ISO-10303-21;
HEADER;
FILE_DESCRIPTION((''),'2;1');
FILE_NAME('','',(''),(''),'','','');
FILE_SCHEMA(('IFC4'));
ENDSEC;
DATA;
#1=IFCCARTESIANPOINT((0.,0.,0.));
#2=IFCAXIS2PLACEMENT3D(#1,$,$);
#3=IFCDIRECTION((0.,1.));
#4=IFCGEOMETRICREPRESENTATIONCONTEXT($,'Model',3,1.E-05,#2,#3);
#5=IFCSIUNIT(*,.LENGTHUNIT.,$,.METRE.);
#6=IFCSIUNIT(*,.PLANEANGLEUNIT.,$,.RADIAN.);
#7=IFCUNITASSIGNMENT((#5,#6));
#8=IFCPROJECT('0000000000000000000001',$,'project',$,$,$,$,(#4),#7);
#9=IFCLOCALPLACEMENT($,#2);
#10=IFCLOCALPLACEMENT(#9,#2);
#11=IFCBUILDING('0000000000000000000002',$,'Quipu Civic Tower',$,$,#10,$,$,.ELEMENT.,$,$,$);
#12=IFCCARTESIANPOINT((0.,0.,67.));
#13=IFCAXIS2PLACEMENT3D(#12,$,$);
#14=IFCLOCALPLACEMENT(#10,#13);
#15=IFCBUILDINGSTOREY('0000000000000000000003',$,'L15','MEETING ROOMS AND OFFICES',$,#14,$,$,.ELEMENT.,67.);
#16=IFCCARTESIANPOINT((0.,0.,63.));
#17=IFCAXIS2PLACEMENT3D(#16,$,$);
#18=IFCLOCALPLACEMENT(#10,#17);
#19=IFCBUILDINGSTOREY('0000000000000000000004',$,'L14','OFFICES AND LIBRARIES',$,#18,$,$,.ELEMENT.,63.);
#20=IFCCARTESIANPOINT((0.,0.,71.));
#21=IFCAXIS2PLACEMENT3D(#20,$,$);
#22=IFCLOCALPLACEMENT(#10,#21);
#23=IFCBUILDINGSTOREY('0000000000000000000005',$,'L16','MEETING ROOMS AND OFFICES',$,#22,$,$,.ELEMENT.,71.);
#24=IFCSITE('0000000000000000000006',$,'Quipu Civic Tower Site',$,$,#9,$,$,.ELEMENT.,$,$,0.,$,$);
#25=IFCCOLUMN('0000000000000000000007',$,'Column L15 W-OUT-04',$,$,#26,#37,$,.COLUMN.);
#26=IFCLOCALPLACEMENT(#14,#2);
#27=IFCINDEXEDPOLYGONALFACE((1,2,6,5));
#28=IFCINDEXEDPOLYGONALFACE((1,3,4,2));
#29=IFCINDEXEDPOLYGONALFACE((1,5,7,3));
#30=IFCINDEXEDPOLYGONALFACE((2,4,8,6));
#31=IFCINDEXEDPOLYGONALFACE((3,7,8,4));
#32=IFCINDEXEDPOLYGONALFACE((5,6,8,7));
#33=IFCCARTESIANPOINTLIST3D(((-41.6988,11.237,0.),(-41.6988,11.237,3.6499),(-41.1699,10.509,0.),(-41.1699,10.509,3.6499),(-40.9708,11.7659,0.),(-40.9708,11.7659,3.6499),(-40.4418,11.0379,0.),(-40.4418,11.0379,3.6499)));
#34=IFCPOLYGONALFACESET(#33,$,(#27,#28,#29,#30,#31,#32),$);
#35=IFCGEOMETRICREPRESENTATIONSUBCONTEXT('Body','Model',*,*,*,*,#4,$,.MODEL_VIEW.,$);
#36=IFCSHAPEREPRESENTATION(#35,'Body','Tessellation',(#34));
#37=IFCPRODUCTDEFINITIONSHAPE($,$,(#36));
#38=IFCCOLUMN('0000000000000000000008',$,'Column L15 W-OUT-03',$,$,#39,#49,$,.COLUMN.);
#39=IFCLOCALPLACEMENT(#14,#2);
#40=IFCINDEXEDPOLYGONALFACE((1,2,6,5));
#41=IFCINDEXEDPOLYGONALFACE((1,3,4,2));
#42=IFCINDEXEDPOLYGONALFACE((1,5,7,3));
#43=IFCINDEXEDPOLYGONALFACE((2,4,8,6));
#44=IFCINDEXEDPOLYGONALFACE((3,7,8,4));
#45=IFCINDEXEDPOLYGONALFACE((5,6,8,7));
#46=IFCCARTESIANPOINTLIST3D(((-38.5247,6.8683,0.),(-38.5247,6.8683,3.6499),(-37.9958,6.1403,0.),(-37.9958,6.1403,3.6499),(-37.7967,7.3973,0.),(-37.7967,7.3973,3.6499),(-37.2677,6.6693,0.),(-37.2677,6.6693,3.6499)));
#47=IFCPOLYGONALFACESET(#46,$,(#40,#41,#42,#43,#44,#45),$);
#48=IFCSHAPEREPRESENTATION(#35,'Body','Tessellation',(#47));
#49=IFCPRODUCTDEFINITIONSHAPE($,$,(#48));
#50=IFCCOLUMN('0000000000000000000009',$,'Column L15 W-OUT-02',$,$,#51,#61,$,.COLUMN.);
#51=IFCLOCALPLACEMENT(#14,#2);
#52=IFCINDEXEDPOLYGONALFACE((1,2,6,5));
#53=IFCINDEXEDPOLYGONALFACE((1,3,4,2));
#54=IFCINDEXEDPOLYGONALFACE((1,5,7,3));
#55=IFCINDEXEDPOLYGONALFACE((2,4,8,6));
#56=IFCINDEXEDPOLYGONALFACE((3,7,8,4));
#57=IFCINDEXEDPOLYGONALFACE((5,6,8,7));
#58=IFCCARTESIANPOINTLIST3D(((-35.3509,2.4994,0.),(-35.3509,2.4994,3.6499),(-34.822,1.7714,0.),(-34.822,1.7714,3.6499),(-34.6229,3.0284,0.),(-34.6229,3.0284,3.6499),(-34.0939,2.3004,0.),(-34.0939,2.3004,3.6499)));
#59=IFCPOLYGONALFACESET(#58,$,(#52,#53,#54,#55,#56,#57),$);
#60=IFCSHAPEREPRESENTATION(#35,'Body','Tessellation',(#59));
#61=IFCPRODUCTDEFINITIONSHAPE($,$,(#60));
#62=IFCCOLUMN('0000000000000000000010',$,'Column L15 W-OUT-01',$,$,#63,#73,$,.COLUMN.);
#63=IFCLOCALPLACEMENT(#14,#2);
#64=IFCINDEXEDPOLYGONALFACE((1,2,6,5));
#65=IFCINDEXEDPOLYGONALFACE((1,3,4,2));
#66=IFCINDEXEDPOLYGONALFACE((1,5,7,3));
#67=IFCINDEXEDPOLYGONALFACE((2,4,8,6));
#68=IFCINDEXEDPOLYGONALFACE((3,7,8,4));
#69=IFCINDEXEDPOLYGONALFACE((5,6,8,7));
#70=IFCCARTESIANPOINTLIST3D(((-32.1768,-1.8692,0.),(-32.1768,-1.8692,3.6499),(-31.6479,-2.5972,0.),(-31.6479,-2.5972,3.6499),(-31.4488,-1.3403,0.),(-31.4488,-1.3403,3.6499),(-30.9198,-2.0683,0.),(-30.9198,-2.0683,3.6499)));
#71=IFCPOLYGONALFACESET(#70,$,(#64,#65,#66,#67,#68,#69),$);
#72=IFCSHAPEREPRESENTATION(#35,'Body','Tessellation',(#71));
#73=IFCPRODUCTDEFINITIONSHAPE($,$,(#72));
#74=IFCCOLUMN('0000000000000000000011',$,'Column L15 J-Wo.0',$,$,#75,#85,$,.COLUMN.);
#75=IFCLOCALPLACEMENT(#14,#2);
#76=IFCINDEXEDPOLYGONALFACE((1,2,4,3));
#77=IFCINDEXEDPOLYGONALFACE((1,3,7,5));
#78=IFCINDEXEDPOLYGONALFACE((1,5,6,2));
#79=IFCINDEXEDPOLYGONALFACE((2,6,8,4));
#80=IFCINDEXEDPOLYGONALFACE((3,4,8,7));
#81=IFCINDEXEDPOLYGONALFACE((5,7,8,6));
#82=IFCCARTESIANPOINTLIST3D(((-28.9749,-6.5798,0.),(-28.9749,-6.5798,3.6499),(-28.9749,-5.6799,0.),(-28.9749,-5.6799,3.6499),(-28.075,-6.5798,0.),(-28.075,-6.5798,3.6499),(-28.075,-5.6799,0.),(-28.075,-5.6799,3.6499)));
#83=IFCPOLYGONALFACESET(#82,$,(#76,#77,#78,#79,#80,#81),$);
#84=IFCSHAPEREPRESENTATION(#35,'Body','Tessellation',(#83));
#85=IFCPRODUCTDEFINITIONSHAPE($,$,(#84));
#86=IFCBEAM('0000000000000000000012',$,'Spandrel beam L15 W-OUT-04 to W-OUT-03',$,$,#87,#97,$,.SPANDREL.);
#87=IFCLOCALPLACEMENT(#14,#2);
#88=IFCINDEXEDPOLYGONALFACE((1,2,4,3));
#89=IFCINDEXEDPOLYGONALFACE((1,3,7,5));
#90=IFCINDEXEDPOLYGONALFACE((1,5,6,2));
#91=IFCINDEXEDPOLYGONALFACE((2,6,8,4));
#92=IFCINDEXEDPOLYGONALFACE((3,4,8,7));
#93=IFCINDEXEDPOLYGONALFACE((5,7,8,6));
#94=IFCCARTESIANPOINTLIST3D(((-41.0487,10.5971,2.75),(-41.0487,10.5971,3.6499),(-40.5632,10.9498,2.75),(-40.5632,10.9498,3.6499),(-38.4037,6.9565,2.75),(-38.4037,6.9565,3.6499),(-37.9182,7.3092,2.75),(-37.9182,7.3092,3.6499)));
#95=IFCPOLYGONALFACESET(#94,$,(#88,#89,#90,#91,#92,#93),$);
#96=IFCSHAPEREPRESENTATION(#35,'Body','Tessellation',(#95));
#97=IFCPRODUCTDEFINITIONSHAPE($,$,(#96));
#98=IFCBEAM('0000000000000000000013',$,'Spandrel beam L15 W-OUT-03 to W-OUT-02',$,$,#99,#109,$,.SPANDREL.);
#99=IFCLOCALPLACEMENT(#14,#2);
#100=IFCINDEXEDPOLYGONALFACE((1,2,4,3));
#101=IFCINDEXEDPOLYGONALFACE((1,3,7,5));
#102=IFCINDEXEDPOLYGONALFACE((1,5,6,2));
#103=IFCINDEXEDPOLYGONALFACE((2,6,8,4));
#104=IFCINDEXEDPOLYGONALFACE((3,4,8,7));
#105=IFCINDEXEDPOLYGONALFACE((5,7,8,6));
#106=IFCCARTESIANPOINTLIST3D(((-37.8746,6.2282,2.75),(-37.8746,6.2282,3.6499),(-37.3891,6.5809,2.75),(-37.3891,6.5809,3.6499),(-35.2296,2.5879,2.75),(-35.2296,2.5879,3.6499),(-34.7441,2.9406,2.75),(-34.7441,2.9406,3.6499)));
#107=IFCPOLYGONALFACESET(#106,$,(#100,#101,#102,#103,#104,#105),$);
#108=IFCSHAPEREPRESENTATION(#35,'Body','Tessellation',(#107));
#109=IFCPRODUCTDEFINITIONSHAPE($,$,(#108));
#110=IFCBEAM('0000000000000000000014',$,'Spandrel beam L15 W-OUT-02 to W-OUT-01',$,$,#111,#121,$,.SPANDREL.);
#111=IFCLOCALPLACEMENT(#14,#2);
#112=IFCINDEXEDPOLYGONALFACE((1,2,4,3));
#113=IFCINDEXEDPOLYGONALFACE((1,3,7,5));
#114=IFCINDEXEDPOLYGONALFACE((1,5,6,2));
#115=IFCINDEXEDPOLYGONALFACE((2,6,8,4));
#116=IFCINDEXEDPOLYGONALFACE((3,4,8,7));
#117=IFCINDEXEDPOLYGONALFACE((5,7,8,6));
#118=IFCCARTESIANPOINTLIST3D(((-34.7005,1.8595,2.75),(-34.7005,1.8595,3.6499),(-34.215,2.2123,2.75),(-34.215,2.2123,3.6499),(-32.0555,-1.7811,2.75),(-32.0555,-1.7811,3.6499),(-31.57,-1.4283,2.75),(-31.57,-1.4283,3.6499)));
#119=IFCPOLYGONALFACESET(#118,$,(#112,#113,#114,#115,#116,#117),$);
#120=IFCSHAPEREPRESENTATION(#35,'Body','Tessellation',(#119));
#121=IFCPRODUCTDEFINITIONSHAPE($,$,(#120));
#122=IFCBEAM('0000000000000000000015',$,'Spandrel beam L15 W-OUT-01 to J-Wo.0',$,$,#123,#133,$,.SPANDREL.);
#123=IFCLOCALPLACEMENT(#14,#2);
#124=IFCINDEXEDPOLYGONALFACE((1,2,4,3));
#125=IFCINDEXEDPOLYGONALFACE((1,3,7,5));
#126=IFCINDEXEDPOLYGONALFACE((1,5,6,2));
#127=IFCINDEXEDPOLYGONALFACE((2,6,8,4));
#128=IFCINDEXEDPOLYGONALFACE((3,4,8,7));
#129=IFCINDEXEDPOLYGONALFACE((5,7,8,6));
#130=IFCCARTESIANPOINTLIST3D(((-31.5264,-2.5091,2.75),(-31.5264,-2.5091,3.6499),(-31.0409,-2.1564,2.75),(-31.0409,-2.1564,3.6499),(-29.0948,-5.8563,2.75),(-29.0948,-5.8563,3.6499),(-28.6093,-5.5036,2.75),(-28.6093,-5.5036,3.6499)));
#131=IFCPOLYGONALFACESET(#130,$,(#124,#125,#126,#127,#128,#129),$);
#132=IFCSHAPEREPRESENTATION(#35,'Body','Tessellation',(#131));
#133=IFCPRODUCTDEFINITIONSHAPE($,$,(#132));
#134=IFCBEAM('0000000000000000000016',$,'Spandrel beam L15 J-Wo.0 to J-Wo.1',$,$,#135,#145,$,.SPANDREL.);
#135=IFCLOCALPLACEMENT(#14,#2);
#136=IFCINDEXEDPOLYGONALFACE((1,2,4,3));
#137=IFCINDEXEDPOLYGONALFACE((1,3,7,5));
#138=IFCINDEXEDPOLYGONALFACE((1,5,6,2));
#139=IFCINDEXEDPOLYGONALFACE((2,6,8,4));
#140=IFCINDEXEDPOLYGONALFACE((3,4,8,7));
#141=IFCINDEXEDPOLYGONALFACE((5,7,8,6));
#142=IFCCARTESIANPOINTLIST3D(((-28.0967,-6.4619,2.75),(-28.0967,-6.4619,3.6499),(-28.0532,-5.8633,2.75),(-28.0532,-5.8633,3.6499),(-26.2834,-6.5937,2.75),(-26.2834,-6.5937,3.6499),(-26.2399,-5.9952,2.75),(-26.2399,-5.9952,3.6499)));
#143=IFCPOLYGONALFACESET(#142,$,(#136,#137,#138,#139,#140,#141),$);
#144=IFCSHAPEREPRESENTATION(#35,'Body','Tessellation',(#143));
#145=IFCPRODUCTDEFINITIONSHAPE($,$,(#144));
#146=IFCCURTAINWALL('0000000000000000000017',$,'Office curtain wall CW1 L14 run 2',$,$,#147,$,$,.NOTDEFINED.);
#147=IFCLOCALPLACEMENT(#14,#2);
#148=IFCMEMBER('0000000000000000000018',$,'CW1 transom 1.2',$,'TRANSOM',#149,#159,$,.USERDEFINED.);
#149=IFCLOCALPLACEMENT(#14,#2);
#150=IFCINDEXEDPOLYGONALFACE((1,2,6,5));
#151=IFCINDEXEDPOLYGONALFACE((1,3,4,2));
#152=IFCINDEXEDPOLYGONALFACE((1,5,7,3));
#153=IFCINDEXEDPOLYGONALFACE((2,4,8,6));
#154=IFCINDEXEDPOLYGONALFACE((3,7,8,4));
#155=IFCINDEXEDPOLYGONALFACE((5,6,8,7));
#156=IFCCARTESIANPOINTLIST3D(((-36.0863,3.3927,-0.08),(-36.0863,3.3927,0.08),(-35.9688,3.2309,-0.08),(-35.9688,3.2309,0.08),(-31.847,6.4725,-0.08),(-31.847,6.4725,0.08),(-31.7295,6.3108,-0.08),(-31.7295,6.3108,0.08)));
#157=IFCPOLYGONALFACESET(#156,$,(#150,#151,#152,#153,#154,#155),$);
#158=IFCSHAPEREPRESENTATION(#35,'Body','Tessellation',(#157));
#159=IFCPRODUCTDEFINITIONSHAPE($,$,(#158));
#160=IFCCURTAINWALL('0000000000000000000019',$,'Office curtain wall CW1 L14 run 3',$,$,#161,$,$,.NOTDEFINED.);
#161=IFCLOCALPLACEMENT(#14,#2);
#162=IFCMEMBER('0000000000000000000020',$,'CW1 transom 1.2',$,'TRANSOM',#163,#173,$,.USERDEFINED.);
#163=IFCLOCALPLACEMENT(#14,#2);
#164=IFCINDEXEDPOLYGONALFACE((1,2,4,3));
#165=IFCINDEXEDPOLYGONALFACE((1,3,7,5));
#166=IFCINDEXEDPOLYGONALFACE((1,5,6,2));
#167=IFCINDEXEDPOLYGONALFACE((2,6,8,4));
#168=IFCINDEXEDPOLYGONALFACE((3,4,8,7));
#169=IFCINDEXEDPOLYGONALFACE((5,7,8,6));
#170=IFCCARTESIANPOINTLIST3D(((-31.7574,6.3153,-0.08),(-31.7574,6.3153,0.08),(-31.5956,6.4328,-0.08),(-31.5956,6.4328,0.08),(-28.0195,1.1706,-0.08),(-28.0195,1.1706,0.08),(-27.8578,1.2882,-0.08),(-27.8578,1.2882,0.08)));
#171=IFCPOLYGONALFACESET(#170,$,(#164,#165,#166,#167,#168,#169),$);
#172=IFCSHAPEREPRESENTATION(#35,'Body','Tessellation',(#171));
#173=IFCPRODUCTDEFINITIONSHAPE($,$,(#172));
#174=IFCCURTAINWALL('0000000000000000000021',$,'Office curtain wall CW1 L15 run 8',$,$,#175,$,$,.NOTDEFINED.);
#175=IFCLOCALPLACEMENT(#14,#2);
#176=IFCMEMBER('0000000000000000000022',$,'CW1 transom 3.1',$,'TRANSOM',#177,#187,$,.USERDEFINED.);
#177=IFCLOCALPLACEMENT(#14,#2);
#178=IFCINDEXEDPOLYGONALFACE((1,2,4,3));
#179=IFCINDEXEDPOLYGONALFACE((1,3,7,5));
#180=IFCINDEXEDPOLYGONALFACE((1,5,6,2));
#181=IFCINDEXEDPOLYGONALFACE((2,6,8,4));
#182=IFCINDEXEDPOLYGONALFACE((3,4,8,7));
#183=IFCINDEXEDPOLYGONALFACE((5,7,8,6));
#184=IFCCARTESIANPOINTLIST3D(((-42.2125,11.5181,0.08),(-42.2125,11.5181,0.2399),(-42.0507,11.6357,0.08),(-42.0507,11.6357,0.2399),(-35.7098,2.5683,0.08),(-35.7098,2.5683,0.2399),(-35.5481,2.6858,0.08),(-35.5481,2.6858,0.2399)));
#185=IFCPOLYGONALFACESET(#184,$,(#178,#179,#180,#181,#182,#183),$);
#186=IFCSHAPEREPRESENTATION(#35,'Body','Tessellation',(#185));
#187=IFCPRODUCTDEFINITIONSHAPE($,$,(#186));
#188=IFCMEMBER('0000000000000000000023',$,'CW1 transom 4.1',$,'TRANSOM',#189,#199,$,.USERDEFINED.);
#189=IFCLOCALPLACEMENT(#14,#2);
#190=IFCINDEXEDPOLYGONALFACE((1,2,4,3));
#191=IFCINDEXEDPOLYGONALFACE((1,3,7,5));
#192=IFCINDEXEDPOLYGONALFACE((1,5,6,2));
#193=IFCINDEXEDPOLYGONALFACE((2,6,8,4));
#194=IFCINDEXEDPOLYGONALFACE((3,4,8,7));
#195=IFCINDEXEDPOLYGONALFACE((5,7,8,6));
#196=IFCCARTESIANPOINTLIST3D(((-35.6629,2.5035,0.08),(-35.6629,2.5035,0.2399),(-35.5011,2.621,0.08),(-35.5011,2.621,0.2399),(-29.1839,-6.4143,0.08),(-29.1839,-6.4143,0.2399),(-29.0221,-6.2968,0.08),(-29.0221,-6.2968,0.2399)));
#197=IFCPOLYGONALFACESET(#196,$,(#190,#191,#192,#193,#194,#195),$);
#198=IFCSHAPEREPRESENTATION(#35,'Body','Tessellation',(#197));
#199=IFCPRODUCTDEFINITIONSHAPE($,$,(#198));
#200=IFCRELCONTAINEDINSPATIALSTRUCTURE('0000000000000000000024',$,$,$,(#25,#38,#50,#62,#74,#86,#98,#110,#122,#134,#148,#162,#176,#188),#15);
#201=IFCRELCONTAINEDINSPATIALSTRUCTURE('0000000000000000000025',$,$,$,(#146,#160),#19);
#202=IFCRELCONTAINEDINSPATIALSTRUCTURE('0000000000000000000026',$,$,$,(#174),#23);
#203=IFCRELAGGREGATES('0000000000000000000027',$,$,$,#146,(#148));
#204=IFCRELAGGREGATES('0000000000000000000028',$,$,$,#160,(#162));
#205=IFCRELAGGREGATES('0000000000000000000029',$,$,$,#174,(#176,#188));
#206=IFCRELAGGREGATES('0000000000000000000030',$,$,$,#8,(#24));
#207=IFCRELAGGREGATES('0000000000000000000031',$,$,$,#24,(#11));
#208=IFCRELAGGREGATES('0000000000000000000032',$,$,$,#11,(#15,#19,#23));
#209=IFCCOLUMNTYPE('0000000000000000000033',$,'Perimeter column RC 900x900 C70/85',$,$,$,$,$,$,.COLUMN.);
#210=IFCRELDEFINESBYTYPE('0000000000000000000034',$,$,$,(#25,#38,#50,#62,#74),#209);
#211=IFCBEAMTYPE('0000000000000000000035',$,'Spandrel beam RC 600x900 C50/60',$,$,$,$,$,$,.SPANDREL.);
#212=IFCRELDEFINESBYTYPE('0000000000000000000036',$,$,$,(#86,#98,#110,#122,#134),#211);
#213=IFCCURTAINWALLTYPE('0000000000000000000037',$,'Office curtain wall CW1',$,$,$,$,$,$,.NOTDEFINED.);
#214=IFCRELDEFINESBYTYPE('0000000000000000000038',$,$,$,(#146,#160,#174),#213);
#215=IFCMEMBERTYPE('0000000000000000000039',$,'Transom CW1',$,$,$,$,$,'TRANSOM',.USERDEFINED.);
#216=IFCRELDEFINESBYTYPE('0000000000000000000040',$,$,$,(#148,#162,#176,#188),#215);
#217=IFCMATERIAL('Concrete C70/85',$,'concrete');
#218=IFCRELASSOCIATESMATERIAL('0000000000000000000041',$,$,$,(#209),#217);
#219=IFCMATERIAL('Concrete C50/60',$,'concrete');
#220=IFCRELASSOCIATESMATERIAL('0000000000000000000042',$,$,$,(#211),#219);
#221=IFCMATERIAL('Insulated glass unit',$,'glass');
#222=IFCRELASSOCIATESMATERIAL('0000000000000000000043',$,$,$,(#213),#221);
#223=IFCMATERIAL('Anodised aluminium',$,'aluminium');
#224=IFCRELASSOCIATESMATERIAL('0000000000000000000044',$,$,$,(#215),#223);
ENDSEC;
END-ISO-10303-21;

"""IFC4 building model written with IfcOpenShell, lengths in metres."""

from ifc_helpers import new_model, si_unit, direction, frame, origin, origin_2d, place, context, subcontext, project, spatial, rectangle, extrude, material, material_profile, profile_set, type_object, element, aggregate, save


model = new_model("IFC4")

# Units and contexts
model_context = context("Model", 3, precision=1e-05, world=origin(), true_north=direction((0.0, 1.0)))
body_context = subcontext(model_context, "Body", "Model", "MODEL_VIEW")
ifc_project = project(units=[si_unit("LENGTHUNIT", "METRE"), si_unit("PLANEANGLEUNIT", "RADIAN")], contexts=[model_context])

# Site, building, storey
site_placement = place(None, origin())
site = spatial("IfcSite", under=ifc_project, at=site_placement, Name="Quipu Civic Tower Site", CompositionType="ELEMENT", RefElevation=0.0)
building_placement = place(site_placement, origin())
building = spatial("IfcBuilding", under=site, at=building_placement, Name="Quipu Civic Tower", CompositionType="ELEMENT")
storey_1_placement = place(building_placement, frame((0.0, 0.0, 67.0)))
storey_1 = spatial("IfcBuildingStorey", under=building, at=storey_1_placement, Name="L15", Description="MEETING ROOMS AND OFFICES", CompositionType="ELEMENT", Elevation=67.0)

# Columns
ifc_material_1 = material(Name="Concrete C70/85", Category="concrete")
ifc_material_profile_1 = material_profile(ifc_material_1, rectangle(XDim=0.8999, YDim=0.8999, at=origin_2d()), Name="RC900x900")
ifc_profile_set_1 = profile_set([ifc_material_profile_1], Name="Concrete C70/85")
column_type = type_object("IfcColumnType", Name="Perimeter column RC 900x900 C70/85", PredefinedType="COLUMN", material=ifc_profile_set_1)
for number, where, z_axis, x_axis, name in (
    (1, (-41.0703, 11.1375, 0.0), (0.0, 0.0, 1.0), (0.587785, -0.809017, 0.0), "Column L15 W-OUT-04"),
    (2, (-37.8962, 6.7688, 0.0), (0.0, 0.0, 1.0), (0.587785, -0.809017, 0.0), "Column L15 W-OUT-03"),
    (3, (-34.7224, 2.3999, 0.0), (0.0, 0.0, 1.0), (0.587785, -0.809017, 0.0), "Column L15 W-OUT-02"),
    (4, (-31.5483, -1.9688, 0.0), (0.0, 0.0, 1.0), (0.587785, -0.809017, 0.0), "Column L15 W-OUT-01"),
    (5, (-28.5249, -6.1299, 0.0), (0.0, 0.0, 1.0), (1.0, 0.0, 0.0), "Column L15 J-Wo.0"),
):
    element("IfcColumn", number, at=place(storey_1_placement, frame(where, z_axis=z_axis, x_axis=x_axis)), inside=storey_1, type_object=column_type, Name=name, PredefinedType="COLUMN", context=body_context, shape_type="SweptSolid", body=[
        extrude(rectangle(XDim=0.8999, YDim=0.8999, at=origin_2d()), origin(), (0.0, 0.0, 1.0), 3.6499),
    ])

# Beams
ifc_material_2 = material(Name="Concrete C50/60", Category="concrete")
ifc_material_profile_2 = material_profile(ifc_material_2, rectangle(XDim=0.6001, YDim=0.8999, at=origin_2d()), Name="RC600x900")
ifc_profile_set_2 = profile_set([ifc_material_profile_2], Name="Concrete C50/60")
beam_type = type_object("IfcBeamType", Name="Spandrel beam RC 600x900 C50/60", PredefinedType="SPANDREL", material=ifc_profile_set_2)
beam_1_placement = place(storey_1_placement, frame((-40.8059, 10.7734, 3.2), z_axis=(0.587778, -0.809022, 0.0), x_axis=(0.809022, 0.587778, 0.0)))
element("IfcBeam", 6, at=beam_1_placement, inside=storey_1, type_object=beam_type, Name="Spandrel beam L15 W-OUT-04 to W-OUT-03", PredefinedType="SPANDREL", context=body_context, shape_type="SweptSolid", body=[
    extrude(rectangle(XDim=0.6001, YDim=0.8999, at=origin_2d()), origin(), (0.0, 0.0, 1.0), 4.5),
])
beam_2_placement = place(storey_1_placement, frame((-37.6318, 6.4045, 3.2), z_axis=(0.587804, -0.809003, 0.0), x_axis=(0.809003, 0.587804, 0.0)))
element("IfcBeam", 7, at=beam_2_placement, inside=storey_1, type_object=beam_type, Name="Spandrel beam L15 W-OUT-03 to W-OUT-02", PredefinedType="SPANDREL", context=body_context, shape_type="SweptSolid", body=[
    extrude(rectangle(XDim=0.6001, YDim=0.8999, at=origin_2d()), origin(), (0.0, 0.0, 1.0), 4.4998),
])
beam_3_placement = place(storey_1_placement, frame((-34.4578, 2.0359, 3.2), z_axis=(0.587778, -0.809022, 0.0), x_axis=(0.809022, 0.587778, 0.0)))
element("IfcBeam", 8, at=beam_3_placement, inside=storey_1, type_object=beam_type, Name="Spandrel beam L15 W-OUT-02 to W-OUT-01", PredefinedType="SPANDREL", context=body_context, shape_type="SweptSolid", body=[
    extrude(rectangle(XDim=0.6001, YDim=0.8999, at=origin_2d()), origin(), (0.0, 0.0, 1.0), 4.5),
])
beam_4_placement = place(storey_1_placement, frame((-31.2837, -2.3328, 3.2), z_axis=(0.587751, -0.809042, 0.0), x_axis=(0.809042, 0.587751, 0.0)))
element("IfcBeam", 9, at=beam_4_placement, inside=storey_1, type_object=beam_type, Name="Spandrel beam L15 W-OUT-01 to J-Wo.0", PredefinedType="SPANDREL", context=body_context, shape_type="SweptSolid", body=[
    extrude(rectangle(XDim=0.6001, YDim=0.8999, at=origin_2d()), origin(), (0.0, 0.0, 1.0), 4.1372),
])
beam_5_placement = place(storey_1_placement, frame((-28.075, -6.1626, 3.2), z_axis=(0.997367, -0.072516, 0.0), x_axis=(0.072516, 0.997367, 0.0)))
element("IfcBeam", 10, at=beam_5_placement, inside=storey_1, type_object=beam_type, Name="Spandrel beam L15 J-Wo.0 to J-Wo.1", PredefinedType="SPANDREL", context=body_context, shape_type="SweptSolid", body=[
    extrude(rectangle(XDim=0.6001, YDim=0.8999, at=origin_2d()), origin(), (0.0, 0.0, 1.0), 1.8181),
])

# Shared definitions
storey_2_placement = place(building_placement, frame((0.0, 0.0, 63.0)))
storey_2 = spatial("IfcBuildingStorey", under=building, at=storey_2_placement, Name="L14", Description="OFFICES AND LIBRARIES", CompositionType="ELEMENT", Elevation=63.0)

# Curtain walls, members
ifc_material_3 = material(Name="Insulated glass unit", Category="glass")
curtain_wall_type = type_object("IfcCurtainWallType", Name="Office curtain wall CW1", PredefinedType="NOTDEFINED", material=ifc_material_3)
curtain_wall_1_placement = place(storey_2_placement, origin())
curtain_wall_1 = element("IfcCurtainWall", 11, at=curtain_wall_1_placement, inside=storey_2, type_object=curtain_wall_type, Name="Office curtain wall CW1 L14 run 2", PredefinedType="NOTDEFINED")
ifc_material_4 = material(Name="Anodised aluminium", Category="aluminium")
ifc_material_profile_3 = material_profile(ifc_material_4, rectangle(XDim=0.2, YDim=0.1599, at=origin_2d()), Name="RECT 200x160")
ifc_profile_set_3 = profile_set([ifc_material_profile_3], Name="Anodised aluminium")
member_type = type_object("IfcMemberType", Name="Transom CW1", ElementType="TRANSOM", PredefinedType="USERDEFINED", material=ifc_profile_set_3)
member_1_placement = place(storey_1_placement, frame((-36.0276, 3.3118, 0.0), z_axis=(0.809032, 0.587764, 0.0), x_axis=(-0.587764, 0.809032, 0.0)))
member_1 = element("IfcMember", 12, at=member_1_placement, inside=storey_1, type_object=member_type, Name="CW1 transom 1.2", ObjectType="TRANSOM", PredefinedType="USERDEFINED", context=body_context, shape_type="SweptSolid", body=[
    extrude(rectangle(XDim=0.2, YDim=0.1599, at=origin_2d()), origin(), (0.0, 0.0, 1.0), 5.24),
])
aggregate(curtain_wall_1, [member_1])
curtain_wall_2_placement = place(storey_2_placement, origin())
curtain_wall_2 = element("IfcCurtainWall", 13, at=curtain_wall_2_placement, inside=storey_2, type_object=curtain_wall_type, Name="Office curtain wall CW1 L14 run 3", PredefinedType="NOTDEFINED")
member_2_placement = place(storey_1_placement, frame((-31.6765, 6.374, 0.0), z_axis=(0.587793, -0.809012, 0.0), x_axis=(0.809012, 0.587793, 0.0)))
member_2 = element("IfcMember", 14, at=member_2_placement, inside=storey_1, type_object=member_type, Name="CW1 transom 1.2", ObjectType="TRANSOM", PredefinedType="USERDEFINED", context=body_context, shape_type="SweptSolid", body=[
    extrude(rectangle(XDim=0.2, YDim=0.1599, at=origin_2d()), origin(), (0.0, 0.0, 1.0), 6.3591),
])
aggregate(curtain_wall_2, [member_2])

# Shared definitions
storey_3_placement = place(building_placement, frame((0.0, 0.0, 71.0)))
storey_3 = spatial("IfcBuildingStorey", under=building, at=storey_3_placement, Name="L16", Description="MEETING ROOMS AND OFFICES", CompositionType="ELEMENT", Elevation=71.0)

# Curtain wall, members
curtain_wall_3_placement = place(storey_3_placement, origin())
curtain_wall_3 = element("IfcCurtainWall", 15, at=curtain_wall_3_placement, inside=storey_3, type_object=curtain_wall_type, Name="Office curtain wall CW1 L15 run 8", PredefinedType="NOTDEFINED")
member_3_placement = place(storey_1_placement, frame((-42.1316, 11.5769, 0.1599), z_axis=(0.587795, -0.80901, 0.0), x_axis=(0.80901, 0.587795, 0.0)))
member_3 = element("IfcMember", 16, at=member_3_placement, inside=storey_1, type_object=member_type, Name="CW1 transom 3.1", ObjectType="TRANSOM", PredefinedType="USERDEFINED", context=body_context, shape_type="SweptSolid", body=[
    extrude(rectangle(XDim=0.2, YDim=0.1599, at=origin_2d()), origin(), (0.0, 0.0, 1.0), 11.0627),
])
member_4_placement = place(storey_1_placement, frame((-35.582, 2.5623, 0.1599), z_axis=(0.587779, -0.809021, 0.0), x_axis=(0.809021, 0.587779, 0.0)))
member_4 = element("IfcMember", 17, at=member_4_placement, inside=storey_1, type_object=member_type, Name="CW1 transom 4.1", ObjectType="TRANSOM", PredefinedType="USERDEFINED", context=body_context, shape_type="SweptSolid", body=[
    extrude(rectangle(XDim=0.2, YDim=0.1599, at=origin_2d()), origin(), (0.0, 0.0, 1.0), 11.0229),
])
aggregate(curtain_wall_3, [member_3, member_4])

save(model, "model.ifc")
